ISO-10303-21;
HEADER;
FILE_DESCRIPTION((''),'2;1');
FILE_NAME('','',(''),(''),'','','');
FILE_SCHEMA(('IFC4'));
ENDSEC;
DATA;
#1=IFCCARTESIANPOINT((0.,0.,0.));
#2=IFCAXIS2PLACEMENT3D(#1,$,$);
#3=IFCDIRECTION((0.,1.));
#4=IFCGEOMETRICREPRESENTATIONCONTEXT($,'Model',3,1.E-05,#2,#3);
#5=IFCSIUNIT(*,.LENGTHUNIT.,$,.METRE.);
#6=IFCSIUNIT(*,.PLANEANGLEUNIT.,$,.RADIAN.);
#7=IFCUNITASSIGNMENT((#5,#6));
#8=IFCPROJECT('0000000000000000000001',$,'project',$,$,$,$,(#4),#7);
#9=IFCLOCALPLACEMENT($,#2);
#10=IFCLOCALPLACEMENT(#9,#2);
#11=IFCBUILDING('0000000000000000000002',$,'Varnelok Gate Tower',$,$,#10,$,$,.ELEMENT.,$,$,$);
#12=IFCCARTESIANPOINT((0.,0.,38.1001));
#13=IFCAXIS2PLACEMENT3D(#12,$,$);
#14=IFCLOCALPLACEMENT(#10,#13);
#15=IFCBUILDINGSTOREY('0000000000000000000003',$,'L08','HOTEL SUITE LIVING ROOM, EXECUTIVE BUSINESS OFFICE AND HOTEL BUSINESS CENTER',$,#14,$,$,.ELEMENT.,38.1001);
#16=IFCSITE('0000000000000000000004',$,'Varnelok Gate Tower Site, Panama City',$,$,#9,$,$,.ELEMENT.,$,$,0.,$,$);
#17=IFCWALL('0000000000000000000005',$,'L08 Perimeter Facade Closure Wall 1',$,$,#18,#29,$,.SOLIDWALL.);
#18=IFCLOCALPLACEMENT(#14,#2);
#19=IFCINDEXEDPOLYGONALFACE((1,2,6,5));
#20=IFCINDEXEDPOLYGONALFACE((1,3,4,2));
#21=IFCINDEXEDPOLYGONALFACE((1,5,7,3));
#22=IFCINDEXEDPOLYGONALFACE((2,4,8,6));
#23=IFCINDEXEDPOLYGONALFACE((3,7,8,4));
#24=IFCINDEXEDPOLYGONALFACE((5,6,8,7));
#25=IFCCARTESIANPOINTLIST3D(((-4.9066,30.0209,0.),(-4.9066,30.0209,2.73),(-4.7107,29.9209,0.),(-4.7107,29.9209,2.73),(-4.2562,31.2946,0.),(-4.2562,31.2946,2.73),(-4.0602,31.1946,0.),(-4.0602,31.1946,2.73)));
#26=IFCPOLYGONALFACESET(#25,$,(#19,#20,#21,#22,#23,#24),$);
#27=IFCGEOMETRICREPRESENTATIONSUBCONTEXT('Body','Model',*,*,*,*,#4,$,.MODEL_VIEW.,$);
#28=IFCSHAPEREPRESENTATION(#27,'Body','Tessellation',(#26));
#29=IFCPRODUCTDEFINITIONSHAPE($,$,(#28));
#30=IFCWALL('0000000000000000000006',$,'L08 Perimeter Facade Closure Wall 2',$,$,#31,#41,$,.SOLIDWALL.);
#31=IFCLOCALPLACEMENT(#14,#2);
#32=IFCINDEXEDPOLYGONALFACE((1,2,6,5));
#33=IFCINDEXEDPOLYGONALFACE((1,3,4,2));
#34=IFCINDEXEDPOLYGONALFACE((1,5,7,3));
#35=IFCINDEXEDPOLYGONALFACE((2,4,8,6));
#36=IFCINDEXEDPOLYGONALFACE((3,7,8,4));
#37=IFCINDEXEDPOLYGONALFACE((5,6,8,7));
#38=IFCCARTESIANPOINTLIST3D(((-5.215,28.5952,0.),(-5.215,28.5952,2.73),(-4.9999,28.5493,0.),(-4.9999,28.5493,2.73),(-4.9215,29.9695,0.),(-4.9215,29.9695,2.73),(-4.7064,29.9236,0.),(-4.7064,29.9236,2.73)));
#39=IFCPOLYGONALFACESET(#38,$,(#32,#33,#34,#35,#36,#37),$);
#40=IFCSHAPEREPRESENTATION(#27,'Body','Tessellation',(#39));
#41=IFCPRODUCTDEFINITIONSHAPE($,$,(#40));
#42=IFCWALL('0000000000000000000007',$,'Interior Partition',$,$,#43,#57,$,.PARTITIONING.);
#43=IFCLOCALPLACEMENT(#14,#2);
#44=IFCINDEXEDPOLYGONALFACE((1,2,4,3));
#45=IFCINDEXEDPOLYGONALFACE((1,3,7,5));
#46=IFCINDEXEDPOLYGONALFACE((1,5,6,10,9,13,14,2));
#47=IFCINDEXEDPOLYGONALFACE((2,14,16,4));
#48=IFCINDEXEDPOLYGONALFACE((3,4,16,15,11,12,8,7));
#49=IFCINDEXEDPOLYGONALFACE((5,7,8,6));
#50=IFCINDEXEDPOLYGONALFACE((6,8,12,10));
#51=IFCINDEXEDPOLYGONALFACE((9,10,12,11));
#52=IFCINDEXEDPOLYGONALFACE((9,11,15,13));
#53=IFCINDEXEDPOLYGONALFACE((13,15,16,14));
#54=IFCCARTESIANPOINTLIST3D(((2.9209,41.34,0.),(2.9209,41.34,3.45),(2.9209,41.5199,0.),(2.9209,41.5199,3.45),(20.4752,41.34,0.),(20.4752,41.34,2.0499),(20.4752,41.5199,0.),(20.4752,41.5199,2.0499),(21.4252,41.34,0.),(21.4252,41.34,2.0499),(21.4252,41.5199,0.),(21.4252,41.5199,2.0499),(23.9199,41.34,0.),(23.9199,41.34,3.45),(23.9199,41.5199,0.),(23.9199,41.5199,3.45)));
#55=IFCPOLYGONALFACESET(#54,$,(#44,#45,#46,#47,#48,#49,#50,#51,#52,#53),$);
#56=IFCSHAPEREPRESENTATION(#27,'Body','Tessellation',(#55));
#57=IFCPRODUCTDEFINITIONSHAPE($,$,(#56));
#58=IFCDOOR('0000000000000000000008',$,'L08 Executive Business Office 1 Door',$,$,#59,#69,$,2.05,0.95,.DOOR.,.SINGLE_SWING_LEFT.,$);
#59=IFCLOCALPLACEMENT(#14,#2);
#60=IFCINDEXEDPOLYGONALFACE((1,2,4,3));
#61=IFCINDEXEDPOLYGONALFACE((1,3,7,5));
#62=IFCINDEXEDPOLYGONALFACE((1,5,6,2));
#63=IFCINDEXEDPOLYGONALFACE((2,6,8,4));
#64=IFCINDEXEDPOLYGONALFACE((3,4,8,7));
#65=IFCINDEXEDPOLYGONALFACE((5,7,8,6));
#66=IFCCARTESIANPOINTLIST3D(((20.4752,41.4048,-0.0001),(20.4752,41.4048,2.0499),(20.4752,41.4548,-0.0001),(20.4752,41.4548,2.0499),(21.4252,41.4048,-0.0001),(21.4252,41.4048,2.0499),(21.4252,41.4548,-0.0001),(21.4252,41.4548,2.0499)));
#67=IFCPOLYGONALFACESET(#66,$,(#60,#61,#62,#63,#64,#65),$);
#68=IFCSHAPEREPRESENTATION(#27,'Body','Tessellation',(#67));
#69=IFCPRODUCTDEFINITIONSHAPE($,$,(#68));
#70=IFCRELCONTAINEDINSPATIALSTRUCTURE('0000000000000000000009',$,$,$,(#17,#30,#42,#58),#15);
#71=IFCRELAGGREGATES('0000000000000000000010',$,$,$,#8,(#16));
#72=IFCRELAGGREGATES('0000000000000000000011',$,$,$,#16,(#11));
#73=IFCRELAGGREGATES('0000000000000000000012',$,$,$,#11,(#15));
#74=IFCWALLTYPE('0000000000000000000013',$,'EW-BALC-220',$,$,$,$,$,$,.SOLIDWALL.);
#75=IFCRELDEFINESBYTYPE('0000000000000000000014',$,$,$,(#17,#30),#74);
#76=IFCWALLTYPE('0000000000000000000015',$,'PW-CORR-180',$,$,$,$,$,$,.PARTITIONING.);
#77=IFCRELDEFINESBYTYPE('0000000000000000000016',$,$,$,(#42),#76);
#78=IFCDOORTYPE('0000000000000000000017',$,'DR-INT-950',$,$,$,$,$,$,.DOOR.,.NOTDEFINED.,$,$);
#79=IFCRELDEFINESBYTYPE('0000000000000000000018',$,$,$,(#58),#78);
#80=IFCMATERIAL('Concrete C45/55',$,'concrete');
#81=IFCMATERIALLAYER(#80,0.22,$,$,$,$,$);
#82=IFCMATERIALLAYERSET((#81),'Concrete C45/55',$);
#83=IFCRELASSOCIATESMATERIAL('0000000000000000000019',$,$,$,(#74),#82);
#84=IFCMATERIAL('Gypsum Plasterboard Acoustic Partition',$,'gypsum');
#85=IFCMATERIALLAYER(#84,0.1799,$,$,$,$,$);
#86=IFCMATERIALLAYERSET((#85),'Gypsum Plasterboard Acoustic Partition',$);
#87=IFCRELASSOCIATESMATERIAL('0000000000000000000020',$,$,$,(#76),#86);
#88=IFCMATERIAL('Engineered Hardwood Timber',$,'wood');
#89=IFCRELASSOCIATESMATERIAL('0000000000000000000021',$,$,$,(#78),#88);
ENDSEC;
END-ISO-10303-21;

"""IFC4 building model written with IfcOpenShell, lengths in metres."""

from ifc_helpers import new_model, si_unit, direction, frame, frame_2d, origin, place, context, subcontext, project, spatial, rectangle, extrude, material, layer, layer_set, type_object, element, fill, save


model = new_model("IFC4")

# Units and contexts
model_context = context("Model", 3, precision=1e-05, world=origin(), true_north=direction((0.0, 1.0)))
body_context = subcontext(model_context, "Body", "Model", "MODEL_VIEW")
ifc_project = project(units=[si_unit("LENGTHUNIT", "METRE"), si_unit("PLANEANGLEUNIT", "RADIAN")], contexts=[model_context])

# Site, building, storey
site_placement = place(None, origin())
site = spatial("IfcSite", under=ifc_project, at=site_placement, Name="Varnelok Gate Tower Site, Panama City", CompositionType="ELEMENT", RefElevation=0.0)
building_placement = place(site_placement, origin())
building = spatial("IfcBuilding", under=site, at=building_placement, Name="Varnelok Gate Tower", CompositionType="ELEMENT")
storey_placement = place(building_placement, frame((0.0, 0.0, 38.1001)))
storey = spatial("IfcBuildingStorey", under=building, at=storey_placement, Name="L08", Description="HOTEL SUITE LIVING ROOM, EXECUTIVE BUSINESS OFFICE AND HOTEL BUSINESS CENTER", CompositionType="ELEMENT", Elevation=38.1001)

# Walls
ifc_material_1 = material(Name="Concrete C45/55", Category="concrete")
ifc_layer_1 = layer(ifc_material_1, 0.22)
ifc_layer_set_1 = layer_set([ifc_layer_1], Name="Concrete C45/55")
wall_type_1 = type_object("IfcWallType", Name="EW-BALC-220", PredefinedType="SOLIDWALL", material=ifc_layer_set_1)
wall_1_placement = place(storey_placement, frame((-4.1582, 31.2446, 0.0), z_axis=(0.0, 0.0, 1.0), x_axis=(-0.454777, -0.890605, 0.0)))
element("IfcWall", 1, at=wall_1_placement, inside=storey, type_object=wall_type_1, Name="L08 Perimeter Facade Closure Wall 1", PredefinedType="SOLIDWALL", context=body_context, shape_type="SweptSolid", body=[
    extrude(rectangle(XDim=1.4302, YDim=0.22, at=frame_2d((0.7151, 0.0))), origin(), (0.0, 0.0, 1.0), 2.73),
])
wall_2_placement = place(storey_placement, frame((-4.814, 29.9465, 0.0), z_axis=(0.0, 0.0, 1.0), x_axis=(-0.208829, -0.977952, 0.0)))
element("IfcWall", 2, at=wall_2_placement, inside=storey, type_object=wall_type_1, Name="L08 Perimeter Facade Closure Wall 2", PredefinedType="SOLIDWALL", context=body_context, shape_type="SweptSolid", body=[
    extrude(rectangle(XDim=1.4053, YDim=0.22, at=frame_2d((0.7026, 0.0))), origin(), (0.0, 0.0, 1.0), 2.73),
])

# Wall, opening, door
ifc_material_2 = material(Name="Gypsum Plasterboard Acoustic Partition", Category="gypsum")
ifc_layer_2 = layer(ifc_material_2, 0.1799)
ifc_layer_set_2 = layer_set([ifc_layer_2], Name="Gypsum Plasterboard Acoustic Partition")
wall_type_2 = type_object("IfcWallType", Name="PW-CORR-180", PredefinedType="PARTITIONING", material=ifc_layer_set_2)
wall_3_placement = place(storey_placement, frame((2.9209, 41.4299, 0.0), z_axis=(0.0, 0.0, 1.0), x_axis=(1.0, 0.0, 0.0)))
wall_3 = element("IfcWall", 3, at=wall_3_placement, inside=storey, type_object=wall_type_2, Name="Interior Partition", PredefinedType="PARTITIONING", context=body_context, shape_type="SweptSolid", body=[
    extrude(rectangle(XDim=20.999, YDim=0.1799, at=frame_2d((10.4995, 0.0))), origin(), (0.0, 0.0, 1.0), 3.45),
])
opening_placement = place(wall_3_placement, frame((17.5542, 0.0, 0.0)))
opening = element("IfcOpeningElement", 4, at=opening_placement, cuts=wall_3, PredefinedType="OPENING", context=body_context, shape_type="SweptSolid", body=[
    extrude(rectangle(XDim=0.95, YDim=2.05, at=frame_2d((0.4751, 1.0249))), frame((0.0, 0.0999, 0.0), z_axis=(0.0, -1.0, 0.0), x_axis=(1.0, 0.0, 0.0)), (0.0, 0.0, 1.0), 0.2),
])
ifc_material_3 = material(Name="Engineered Hardwood Timber", Category="wood")
door_type = type_object("IfcDoorType", Name="DR-INT-950", OperationType="NOTDEFINED", PredefinedType="DOOR", material=ifc_material_3)
door_placement = place(opening_placement, origin())
door = element("IfcDoor", 5, at=door_placement, inside=storey, type_object=door_type, Name="L08 Executive Business Office 1 Door", OperationType="SINGLE_SWING_LEFT", OverallHeight=2.05, OverallWidth=0.95, PredefinedType="DOOR", context=body_context, shape_type="SweptSolid", body=[
    extrude(rectangle(XDim=0.95, YDim=2.05, at=frame_2d((0.4751, 1.0249))), frame((0.0, 0.0249, 0.0), z_axis=(0.0, -1.0, 0.0), x_axis=(1.0, 0.0, 0.0)), (0.0, 0.0, 1.0), 0.05),
])
fill(opening, door)

save(model, "model.ifc")
